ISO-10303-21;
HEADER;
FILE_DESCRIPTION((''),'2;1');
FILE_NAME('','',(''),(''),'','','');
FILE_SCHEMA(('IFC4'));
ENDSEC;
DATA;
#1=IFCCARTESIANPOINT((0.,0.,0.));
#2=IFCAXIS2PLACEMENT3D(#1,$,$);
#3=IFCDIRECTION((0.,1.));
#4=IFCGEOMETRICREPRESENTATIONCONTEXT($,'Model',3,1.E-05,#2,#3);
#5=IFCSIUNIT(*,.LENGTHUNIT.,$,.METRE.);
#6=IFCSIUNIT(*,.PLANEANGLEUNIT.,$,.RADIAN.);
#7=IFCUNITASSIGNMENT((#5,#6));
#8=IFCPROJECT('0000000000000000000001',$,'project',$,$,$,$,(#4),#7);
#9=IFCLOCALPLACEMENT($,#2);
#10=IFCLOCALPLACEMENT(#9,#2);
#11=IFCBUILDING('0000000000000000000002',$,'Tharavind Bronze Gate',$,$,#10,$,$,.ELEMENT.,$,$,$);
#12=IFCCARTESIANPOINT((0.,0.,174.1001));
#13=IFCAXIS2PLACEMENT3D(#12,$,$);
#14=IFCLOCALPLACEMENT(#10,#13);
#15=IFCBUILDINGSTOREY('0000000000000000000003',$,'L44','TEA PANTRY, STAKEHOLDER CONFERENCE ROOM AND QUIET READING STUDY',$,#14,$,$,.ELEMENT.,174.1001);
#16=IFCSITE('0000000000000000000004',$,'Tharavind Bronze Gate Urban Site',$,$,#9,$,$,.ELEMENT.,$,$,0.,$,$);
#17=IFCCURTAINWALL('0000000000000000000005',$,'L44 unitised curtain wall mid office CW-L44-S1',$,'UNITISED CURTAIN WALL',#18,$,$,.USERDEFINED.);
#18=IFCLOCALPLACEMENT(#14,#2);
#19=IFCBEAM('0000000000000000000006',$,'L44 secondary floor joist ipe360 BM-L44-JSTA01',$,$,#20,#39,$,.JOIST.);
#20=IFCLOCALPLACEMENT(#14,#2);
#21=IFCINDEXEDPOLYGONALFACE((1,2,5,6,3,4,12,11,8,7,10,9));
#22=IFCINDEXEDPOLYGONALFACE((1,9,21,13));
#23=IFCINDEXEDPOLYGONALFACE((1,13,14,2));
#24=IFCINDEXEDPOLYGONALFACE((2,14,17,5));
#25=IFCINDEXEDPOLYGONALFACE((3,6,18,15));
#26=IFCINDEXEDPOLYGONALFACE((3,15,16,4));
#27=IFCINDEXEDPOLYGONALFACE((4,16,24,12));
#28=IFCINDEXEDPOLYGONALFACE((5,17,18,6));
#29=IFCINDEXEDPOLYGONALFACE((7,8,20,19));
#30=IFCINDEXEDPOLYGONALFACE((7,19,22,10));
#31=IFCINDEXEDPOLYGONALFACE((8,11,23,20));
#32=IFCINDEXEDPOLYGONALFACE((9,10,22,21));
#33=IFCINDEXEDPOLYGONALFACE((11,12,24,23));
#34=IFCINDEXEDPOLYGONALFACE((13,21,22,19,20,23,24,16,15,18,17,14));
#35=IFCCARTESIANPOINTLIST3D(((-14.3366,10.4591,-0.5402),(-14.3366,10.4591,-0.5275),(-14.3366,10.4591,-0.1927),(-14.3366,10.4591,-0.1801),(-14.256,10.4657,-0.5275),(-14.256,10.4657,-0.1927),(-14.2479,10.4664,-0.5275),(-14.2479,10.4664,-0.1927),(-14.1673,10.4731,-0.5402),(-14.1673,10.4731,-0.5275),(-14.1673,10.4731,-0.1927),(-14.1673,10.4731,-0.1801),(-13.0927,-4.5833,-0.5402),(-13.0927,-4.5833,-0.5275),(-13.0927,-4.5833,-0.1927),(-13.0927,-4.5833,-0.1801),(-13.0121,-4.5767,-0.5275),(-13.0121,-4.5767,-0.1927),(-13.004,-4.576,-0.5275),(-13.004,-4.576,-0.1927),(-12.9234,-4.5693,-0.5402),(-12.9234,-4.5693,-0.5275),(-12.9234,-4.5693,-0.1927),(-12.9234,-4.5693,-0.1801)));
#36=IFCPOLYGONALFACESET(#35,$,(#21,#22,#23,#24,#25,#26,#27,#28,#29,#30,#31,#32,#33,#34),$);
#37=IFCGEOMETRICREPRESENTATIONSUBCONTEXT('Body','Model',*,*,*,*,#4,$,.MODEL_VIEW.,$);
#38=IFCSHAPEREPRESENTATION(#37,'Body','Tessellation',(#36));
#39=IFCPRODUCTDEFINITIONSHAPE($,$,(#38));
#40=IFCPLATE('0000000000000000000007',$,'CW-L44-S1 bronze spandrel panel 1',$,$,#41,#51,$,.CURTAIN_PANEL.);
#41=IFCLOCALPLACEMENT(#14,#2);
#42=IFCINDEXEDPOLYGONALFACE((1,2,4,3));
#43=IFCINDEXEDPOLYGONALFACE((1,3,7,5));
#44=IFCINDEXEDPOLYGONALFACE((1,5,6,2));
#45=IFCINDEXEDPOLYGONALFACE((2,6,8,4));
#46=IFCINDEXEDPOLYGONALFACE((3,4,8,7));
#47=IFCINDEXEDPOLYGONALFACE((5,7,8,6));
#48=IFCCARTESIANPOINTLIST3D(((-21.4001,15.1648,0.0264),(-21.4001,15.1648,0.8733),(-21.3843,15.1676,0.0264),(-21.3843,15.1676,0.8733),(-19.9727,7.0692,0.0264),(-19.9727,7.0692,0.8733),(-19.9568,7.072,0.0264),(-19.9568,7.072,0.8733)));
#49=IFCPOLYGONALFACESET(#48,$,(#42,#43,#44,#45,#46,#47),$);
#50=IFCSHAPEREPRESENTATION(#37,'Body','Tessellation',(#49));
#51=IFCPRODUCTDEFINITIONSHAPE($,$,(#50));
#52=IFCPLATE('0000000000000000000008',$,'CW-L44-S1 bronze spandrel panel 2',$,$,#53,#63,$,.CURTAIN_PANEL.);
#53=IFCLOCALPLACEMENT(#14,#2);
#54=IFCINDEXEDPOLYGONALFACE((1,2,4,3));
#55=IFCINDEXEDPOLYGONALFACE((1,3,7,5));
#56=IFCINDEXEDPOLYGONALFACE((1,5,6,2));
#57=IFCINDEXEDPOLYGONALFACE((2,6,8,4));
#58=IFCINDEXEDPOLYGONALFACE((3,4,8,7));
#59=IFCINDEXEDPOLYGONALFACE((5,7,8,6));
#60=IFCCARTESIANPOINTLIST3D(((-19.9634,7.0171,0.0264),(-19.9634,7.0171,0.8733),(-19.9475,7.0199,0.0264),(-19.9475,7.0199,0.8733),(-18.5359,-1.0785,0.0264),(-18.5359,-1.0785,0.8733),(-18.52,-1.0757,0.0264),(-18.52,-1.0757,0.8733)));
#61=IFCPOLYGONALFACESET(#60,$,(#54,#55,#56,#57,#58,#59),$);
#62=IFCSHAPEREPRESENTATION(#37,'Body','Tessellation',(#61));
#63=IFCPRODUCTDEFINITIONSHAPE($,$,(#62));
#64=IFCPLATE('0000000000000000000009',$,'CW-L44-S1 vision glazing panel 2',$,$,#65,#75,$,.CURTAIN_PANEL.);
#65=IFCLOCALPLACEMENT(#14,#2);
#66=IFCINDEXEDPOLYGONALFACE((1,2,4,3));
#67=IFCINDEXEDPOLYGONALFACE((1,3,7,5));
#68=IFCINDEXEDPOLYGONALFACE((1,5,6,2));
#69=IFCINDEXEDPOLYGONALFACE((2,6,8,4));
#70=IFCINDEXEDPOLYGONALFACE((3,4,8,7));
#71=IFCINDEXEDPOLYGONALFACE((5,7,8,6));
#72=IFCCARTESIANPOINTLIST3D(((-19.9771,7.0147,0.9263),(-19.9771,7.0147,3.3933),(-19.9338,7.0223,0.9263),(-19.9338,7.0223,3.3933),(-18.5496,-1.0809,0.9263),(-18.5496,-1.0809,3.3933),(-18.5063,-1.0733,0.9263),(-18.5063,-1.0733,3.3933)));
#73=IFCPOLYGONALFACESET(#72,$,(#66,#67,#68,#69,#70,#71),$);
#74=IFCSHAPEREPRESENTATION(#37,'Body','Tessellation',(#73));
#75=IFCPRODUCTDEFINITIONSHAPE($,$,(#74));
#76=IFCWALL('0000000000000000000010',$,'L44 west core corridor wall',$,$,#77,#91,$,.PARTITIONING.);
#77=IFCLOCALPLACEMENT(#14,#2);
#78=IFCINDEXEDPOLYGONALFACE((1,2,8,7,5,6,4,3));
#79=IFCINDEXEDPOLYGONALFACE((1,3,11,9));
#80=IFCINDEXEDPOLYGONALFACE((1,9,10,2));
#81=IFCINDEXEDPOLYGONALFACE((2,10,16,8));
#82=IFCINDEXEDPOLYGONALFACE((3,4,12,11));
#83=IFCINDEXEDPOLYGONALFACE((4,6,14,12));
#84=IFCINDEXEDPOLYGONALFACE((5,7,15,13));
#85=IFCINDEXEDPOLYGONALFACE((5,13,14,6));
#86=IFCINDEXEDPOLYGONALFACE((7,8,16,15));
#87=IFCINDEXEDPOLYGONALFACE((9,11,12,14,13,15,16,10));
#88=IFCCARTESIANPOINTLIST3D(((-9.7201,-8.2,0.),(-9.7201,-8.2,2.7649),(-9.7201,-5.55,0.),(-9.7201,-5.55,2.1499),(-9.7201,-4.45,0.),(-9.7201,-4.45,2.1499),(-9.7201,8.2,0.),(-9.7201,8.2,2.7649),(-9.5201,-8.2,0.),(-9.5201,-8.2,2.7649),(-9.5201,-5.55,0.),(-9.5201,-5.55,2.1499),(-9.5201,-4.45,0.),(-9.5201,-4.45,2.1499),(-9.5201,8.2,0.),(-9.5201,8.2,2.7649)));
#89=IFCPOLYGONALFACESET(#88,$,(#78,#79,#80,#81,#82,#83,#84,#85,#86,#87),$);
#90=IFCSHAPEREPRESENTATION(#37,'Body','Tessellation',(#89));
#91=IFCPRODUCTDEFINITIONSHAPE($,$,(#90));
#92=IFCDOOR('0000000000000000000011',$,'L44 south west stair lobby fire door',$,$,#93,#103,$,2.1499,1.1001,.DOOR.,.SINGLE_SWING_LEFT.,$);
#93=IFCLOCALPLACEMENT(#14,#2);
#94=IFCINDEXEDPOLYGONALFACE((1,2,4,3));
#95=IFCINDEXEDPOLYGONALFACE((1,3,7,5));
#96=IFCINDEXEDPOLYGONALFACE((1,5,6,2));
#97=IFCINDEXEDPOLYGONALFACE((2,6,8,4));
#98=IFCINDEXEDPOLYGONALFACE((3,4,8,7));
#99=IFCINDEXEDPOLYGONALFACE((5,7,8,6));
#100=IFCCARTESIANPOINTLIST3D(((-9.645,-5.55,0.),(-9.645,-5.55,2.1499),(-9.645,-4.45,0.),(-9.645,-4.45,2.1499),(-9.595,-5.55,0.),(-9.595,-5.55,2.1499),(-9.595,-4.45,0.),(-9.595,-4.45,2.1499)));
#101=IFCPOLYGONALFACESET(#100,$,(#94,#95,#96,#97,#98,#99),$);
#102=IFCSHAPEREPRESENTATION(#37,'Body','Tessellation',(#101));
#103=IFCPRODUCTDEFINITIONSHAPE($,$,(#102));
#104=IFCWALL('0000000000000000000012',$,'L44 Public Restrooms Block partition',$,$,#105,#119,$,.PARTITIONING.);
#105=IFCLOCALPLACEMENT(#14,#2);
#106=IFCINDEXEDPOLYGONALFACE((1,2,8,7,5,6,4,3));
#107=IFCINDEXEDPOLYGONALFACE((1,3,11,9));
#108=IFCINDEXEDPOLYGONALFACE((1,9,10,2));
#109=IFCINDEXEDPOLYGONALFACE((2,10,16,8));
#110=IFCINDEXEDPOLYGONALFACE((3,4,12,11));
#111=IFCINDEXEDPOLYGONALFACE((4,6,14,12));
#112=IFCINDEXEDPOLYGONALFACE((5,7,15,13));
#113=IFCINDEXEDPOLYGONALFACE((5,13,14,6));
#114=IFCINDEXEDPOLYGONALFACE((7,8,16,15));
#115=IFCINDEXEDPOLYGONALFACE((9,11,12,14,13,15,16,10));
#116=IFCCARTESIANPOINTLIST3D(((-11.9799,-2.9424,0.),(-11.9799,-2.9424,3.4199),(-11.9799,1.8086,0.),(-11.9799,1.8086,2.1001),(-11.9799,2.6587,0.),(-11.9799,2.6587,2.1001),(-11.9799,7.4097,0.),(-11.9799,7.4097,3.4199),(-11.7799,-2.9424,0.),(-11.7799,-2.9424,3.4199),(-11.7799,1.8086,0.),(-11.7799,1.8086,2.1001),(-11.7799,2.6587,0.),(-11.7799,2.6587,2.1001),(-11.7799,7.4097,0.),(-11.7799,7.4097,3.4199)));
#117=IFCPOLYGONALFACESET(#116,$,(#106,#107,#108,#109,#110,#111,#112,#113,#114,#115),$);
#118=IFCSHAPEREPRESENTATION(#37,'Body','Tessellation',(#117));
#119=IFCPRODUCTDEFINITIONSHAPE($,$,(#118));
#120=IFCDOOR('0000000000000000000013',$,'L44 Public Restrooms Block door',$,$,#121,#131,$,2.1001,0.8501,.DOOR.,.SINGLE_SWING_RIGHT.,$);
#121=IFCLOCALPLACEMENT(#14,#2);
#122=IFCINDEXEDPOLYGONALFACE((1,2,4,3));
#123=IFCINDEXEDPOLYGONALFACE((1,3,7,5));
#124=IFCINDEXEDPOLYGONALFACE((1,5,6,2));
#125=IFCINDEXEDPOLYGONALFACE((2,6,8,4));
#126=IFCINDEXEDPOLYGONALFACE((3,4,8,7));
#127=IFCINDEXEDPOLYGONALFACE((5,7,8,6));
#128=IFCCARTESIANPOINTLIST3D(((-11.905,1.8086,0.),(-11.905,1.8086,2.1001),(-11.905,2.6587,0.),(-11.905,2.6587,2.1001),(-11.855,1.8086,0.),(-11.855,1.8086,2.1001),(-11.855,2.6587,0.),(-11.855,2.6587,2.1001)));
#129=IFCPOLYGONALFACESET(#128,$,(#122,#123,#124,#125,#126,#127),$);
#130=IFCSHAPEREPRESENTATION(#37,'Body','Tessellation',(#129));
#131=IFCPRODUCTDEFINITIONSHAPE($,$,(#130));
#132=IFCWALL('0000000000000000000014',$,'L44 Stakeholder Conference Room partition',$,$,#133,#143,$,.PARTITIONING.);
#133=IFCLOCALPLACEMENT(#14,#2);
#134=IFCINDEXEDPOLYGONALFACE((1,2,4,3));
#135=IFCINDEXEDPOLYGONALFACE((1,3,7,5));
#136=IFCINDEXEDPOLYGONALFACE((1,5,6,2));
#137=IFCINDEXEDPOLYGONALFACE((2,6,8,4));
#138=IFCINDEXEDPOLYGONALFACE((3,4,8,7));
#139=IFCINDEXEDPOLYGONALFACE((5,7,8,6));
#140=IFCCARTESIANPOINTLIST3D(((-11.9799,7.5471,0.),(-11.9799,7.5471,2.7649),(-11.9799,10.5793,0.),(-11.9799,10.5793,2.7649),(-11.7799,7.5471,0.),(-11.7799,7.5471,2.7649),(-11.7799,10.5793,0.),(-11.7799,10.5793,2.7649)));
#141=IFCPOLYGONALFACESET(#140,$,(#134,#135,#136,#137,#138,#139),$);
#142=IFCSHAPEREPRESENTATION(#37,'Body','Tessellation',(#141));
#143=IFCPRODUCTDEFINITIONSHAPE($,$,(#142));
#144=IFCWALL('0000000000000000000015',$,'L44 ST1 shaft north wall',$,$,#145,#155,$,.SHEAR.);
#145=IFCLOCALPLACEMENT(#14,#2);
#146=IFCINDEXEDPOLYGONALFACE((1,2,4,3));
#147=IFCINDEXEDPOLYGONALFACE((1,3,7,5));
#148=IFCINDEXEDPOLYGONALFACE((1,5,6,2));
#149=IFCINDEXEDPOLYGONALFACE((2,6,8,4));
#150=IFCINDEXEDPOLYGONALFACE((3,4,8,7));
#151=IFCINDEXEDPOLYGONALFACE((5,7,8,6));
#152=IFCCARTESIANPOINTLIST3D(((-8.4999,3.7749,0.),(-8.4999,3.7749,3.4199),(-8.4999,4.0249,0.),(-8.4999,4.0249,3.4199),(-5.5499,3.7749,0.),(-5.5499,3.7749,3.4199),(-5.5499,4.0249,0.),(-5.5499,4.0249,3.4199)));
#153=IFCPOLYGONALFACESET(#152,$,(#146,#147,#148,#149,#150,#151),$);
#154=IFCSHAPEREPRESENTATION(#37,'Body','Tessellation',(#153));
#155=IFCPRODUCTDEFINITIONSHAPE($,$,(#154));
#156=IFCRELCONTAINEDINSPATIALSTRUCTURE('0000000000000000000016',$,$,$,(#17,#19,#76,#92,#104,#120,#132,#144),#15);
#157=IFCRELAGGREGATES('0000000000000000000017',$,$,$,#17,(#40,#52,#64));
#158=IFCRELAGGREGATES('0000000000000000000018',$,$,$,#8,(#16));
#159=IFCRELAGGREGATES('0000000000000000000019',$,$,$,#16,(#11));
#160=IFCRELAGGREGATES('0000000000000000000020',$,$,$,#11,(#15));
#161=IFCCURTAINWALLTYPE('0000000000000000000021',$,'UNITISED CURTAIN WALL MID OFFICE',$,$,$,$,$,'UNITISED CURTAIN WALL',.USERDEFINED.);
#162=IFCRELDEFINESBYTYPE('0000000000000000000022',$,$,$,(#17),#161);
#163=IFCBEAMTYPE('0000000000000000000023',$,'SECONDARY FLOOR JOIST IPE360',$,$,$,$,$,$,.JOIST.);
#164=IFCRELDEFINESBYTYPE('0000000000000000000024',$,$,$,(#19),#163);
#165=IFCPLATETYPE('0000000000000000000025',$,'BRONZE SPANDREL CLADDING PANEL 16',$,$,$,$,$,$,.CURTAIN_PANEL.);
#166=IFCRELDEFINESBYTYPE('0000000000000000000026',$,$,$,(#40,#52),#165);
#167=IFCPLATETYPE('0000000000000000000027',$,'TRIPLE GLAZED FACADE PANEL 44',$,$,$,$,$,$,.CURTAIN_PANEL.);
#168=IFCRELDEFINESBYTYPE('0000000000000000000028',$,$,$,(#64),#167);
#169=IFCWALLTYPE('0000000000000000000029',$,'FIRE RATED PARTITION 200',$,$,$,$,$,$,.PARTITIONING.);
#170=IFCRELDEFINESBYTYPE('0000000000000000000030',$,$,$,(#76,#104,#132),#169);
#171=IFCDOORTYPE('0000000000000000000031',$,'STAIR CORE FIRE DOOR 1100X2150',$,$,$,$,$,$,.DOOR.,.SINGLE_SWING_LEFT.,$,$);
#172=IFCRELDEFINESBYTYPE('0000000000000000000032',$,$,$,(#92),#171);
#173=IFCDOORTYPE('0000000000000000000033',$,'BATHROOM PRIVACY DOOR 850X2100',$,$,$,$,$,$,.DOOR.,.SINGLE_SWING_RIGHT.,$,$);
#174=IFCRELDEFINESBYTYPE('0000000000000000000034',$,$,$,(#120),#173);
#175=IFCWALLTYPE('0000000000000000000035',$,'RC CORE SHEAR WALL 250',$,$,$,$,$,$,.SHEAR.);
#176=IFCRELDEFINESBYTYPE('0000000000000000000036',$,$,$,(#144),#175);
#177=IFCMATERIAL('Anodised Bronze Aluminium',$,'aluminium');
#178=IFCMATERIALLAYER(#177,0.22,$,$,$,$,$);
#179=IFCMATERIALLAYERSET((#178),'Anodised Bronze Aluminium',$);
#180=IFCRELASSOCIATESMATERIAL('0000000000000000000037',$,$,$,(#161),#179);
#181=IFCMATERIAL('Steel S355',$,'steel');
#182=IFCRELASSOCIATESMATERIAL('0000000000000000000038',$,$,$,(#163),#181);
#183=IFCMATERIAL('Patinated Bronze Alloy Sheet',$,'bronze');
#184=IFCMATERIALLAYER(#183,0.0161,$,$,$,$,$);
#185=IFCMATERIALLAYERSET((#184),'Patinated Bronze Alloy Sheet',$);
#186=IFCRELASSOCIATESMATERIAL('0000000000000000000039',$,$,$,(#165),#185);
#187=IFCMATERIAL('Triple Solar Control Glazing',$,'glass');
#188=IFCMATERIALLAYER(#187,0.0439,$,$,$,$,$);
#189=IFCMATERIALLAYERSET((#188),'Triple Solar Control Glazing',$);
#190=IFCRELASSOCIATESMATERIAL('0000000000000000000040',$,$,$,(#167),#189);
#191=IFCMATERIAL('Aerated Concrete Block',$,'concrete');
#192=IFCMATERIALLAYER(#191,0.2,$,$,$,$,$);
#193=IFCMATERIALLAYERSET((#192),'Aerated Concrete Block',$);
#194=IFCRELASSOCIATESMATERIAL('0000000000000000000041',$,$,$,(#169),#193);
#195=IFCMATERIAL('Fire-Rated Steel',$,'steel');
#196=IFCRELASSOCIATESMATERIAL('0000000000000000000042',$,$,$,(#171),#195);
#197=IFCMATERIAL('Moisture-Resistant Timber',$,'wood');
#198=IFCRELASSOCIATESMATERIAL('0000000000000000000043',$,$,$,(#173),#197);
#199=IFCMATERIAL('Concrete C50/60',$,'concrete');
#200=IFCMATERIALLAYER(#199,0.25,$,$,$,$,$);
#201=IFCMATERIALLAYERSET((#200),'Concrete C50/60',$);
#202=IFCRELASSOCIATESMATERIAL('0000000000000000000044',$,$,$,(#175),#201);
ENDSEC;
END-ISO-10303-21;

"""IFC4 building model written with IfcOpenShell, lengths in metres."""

from ifc_helpers import new_model, si_unit, direction, frame, frame_2d, origin, origin_2d, place, context, subcontext, project, spatial, rectangle, i_section, extrude, material, layer, layer_set, material_profile, profile_set, type_object, element, fill, aggregate, save


model = new_model("IFC4")

# Units and contexts
model_context = context("Model", 3, precision=1e-05, world=origin(), true_north=direction((0.0, 1.0)))
body_context = subcontext(model_context, "Body", "Model", "MODEL_VIEW")
ifc_project = project(units=[si_unit("LENGTHUNIT", "METRE"), si_unit("PLANEANGLEUNIT", "RADIAN")], contexts=[model_context])

# Site, building, storey
site_placement = place(None, origin())
site = spatial("IfcSite", under=ifc_project, at=site_placement, Name="Tharavind Bronze Gate Urban Site", CompositionType="ELEMENT", RefElevation=0.0)
building_placement = place(site_placement, origin())
building = spatial("IfcBuilding", under=site, at=building_placement, Name="Tharavind Bronze Gate", CompositionType="ELEMENT")
storey_placement = place(building_placement, frame((0.0, 0.0, 174.1001)))
storey = spatial("IfcBuildingStorey", under=building, at=storey_placement, Name="L44", Description="TEA PANTRY, STAKEHOLDER CONFERENCE ROOM AND QUIET READING STUDY", CompositionType="ELEMENT", Elevation=174.1001)

# Curtain wall
ifc_material_1 = material(Name="Anodised Bronze Aluminium", Category="aluminium")
ifc_layer_1 = layer(ifc_material_1, 0.22)
ifc_layer_set_1 = layer_set([ifc_layer_1], Name="Anodised Bronze Aluminium")
curtain_wall_type = type_object("IfcCurtainWallType", Name="UNITISED CURTAIN WALL MID OFFICE", ElementType="UNITISED CURTAIN WALL", PredefinedType="USERDEFINED", material=ifc_layer_set_1)
curtain_wall_placement = place(storey_placement, origin())
curtain_wall = element("IfcCurtainWall", 1, at=curtain_wall_placement, inside=storey, type_object=curtain_wall_type, Name="L44 unitised curtain wall mid office CW-L44-S1", ObjectType="UNITISED CURTAIN WALL", PredefinedType="USERDEFINED")

# Beam
ifc_material_2 = material(Name="Steel S355", Category="steel")
ifc_material_profile_1 = material_profile(ifc_material_2, i_section(OverallWidth=0.1699, OverallDepth=0.3601, WebThickness=0.0081, FlangeThickness=0.0127, at=origin_2d()), Name="IPE360")
ifc_profile_set_1 = profile_set([ifc_material_profile_1], Name="Steel S355")
beam_type_1 = type_object("IfcBeamType", Name="SECONDARY FLOOR JOIST IPE360", PredefinedType="JOIST", material=ifc_profile_set_1)
beam_1_placement = place(storey_placement, frame((-14.252, 10.4661, -0.3601), z_axis=(0.082411, -0.996598, 0.0), x_axis=(0.996598, 0.082411, 0.0)))
element("IfcBeam", 2, at=beam_1_placement, inside=storey, type_object=beam_type_1, Name="L44 secondary floor joist ipe360 BM-L44-JSTA01", PredefinedType="JOIST", context=body_context, shape_type="SweptSolid", body=[
    extrude(i_section(OverallWidth=0.1699, OverallDepth=0.3601, WebThickness=0.0081, FlangeThickness=0.0127, at=origin_2d()), origin(), (0.0, 0.0, 1.0), 15.0938),
])

# Plates
ifc_material_3 = material(Name="Patinated Bronze Alloy Sheet", Category="bronze")
ifc_layer_2 = layer(ifc_material_3, 0.0161)
ifc_layer_set_2 = layer_set([ifc_layer_2], Name="Patinated Bronze Alloy Sheet")
plate_type_1 = type_object("IfcPlateType", Name="BRONZE SPANDREL CLADDING PANEL 16", PredefinedType="CURTAIN_PANEL", material=ifc_layer_set_2)
plate_1_placement = place(storey_placement, frame((-20.6785, 11.1184, 0.0264), z_axis=(0.0, 0.0, 1.0), x_axis=(0.173648, -0.984808, 0.0)))
plate_1 = element("IfcPlate", 3, at=plate_1_placement, type_object=plate_type_1, Name="CW-L44-S1 bronze spandrel panel 1", PredefinedType="CURTAIN_PANEL", context=body_context, shape_type="SweptSolid", body=[
    extrude(rectangle(XDim=8.2205, YDim=0.0161, at=origin_2d()), origin(), (0.0, 0.0, 1.0), 0.8469),
])
plate_2_placement = place(storey_placement, frame((-19.2417, 2.9707, 0.0264), z_axis=(0.0, 0.0, 1.0), x_axis=(0.173648, -0.984808, 0.0)))
plate_2 = element("IfcPlate", 4, at=plate_2_placement, type_object=plate_type_1, Name="CW-L44-S1 bronze spandrel panel 2", PredefinedType="CURTAIN_PANEL", context=body_context, shape_type="SweptSolid", body=[
    extrude(rectangle(XDim=8.2205, YDim=0.0161, at=origin_2d()), origin(), (0.0, 0.0, 1.0), 0.8469),
])
ifc_material_4 = material(Name="Triple Solar Control Glazing", Category="glass")
ifc_layer_3 = layer(ifc_material_4, 0.0439)
ifc_layer_set_3 = layer_set([ifc_layer_3], Name="Triple Solar Control Glazing")
plate_type_2 = type_object("IfcPlateType", Name="TRIPLE GLAZED FACADE PANEL 44", PredefinedType="CURTAIN_PANEL", material=ifc_layer_set_3)
plate_3_placement = place(storey_placement, frame((-19.2417, 2.9707, 0.9263), z_axis=(0.0, 0.0, 1.0), x_axis=(0.173648, -0.984808, 0.0)))
plate_3 = element("IfcPlate", 5, at=plate_3_placement, type_object=plate_type_2, Name="CW-L44-S1 vision glazing panel 2", PredefinedType="CURTAIN_PANEL", context=body_context, shape_type="SweptSolid", body=[
    extrude(rectangle(XDim=8.2205, YDim=0.0439, at=origin_2d()), origin(), (0.0, 0.0, 1.0), 2.467),
])
aggregate(curtain_wall, [plate_1, plate_2, plate_3])

# Walls, openings, doors
ifc_material_5 = material(Name="Aerated Concrete Block", Category="concrete")
ifc_layer_4 = layer(ifc_material_5, 0.2)
ifc_layer_set_4 = layer_set([ifc_layer_4], Name="Aerated Concrete Block")
wall_type_1 = type_object("IfcWallType", Name="FIRE RATED PARTITION 200", PredefinedType="PARTITIONING", material=ifc_layer_set_4)
wall_1_placement = place(storey_placement, frame((-9.6201, 8.2, 0.0), z_axis=(0.0, 0.0, 1.0), x_axis=(0.0, -1.0, 0.0)))
wall_1 = element("IfcWall", 6, at=wall_1_placement, inside=storey, type_object=wall_type_1, Name="L44 west core corridor wall", PredefinedType="PARTITIONING", context=body_context, shape_type="SweptSolid", body=[
    extrude(rectangle(XDim=16.3999, YDim=0.2, at=frame_2d((8.2, 0.0))), origin(), (0.0, 0.0, 1.0), 2.7649),
])
opening_1_placement = place(wall_1_placement, frame((12.6499, 0.0, 0.0)))
opening_1 = element("IfcOpeningElement", 7, at=opening_1_placement, cuts=wall_1, PredefinedType="OPENING", context=body_context, shape_type="SweptSolid", body=[
    extrude(rectangle(XDim=1.1001, YDim=2.1499, at=frame_2d((0.55, 1.075))), frame((0.0, 0.1101, 0.0), z_axis=(0.0, -1.0, 0.0), x_axis=(1.0, 0.0, 0.0)), (0.0, 0.0, 1.0), 0.22),
])
ifc_material_6 = material(Name="Fire-Rated Steel", Category="steel")
door_type_1 = type_object("IfcDoorType", Name="STAIR CORE FIRE DOOR 1100X2150", OperationType="SINGLE_SWING_LEFT", PredefinedType="DOOR", material=ifc_material_6)
door_1_placement = place(opening_1_placement, frame((1.1001, 0.0, 0.0), z_axis=(0.0, 0.0, 1.0), x_axis=(-1.0, 0.0, 0.0)))
door_1 = element("IfcDoor", 8, at=door_1_placement, inside=storey, type_object=door_type_1, Name="L44 south west stair lobby fire door", OperationType="SINGLE_SWING_LEFT", OverallHeight=2.1499, OverallWidth=1.1001, PredefinedType="DOOR", context=body_context, shape_type="SweptSolid", body=[
    extrude(rectangle(XDim=1.1001, YDim=2.1499, at=frame_2d((0.55, 1.075))), frame((0.0, 0.0249, 0.0), z_axis=(0.0, -1.0, 0.0), x_axis=(1.0, 0.0, 0.0)), (0.0, 0.0, 1.0), 0.05),
])
fill(opening_1, door_1)
wall_2_placement = place(storey_placement, frame((-11.8799, 7.4097, 0.0), z_axis=(0.0, 0.0, 1.0), x_axis=(0.0, -1.0, 0.0)))
wall_2 = element("IfcWall", 9, at=wall_2_placement, inside=storey, type_object=wall_type_1, Name="L44 Public Restrooms Block partition", PredefinedType="PARTITIONING", context=body_context, shape_type="SweptSolid", body=[
    extrude(rectangle(XDim=10.3521, YDim=0.2, at=frame_2d((5.176, 0.0))), origin(), (0.0, 0.0, 1.0), 3.4199),
])
opening_2_placement = place(wall_2_placement, frame((4.751, 0.0, 0.0)))
opening_2 = element("IfcOpeningElement", 10, at=opening_2_placement, cuts=wall_2, PredefinedType="OPENING", context=body_context, shape_type="SweptSolid", body=[
    extrude(rectangle(XDim=0.8501, YDim=2.1001, at=frame_2d((0.425, 1.05))), frame((0.0, 0.1101, 0.0), z_axis=(0.0, -1.0, 0.0), x_axis=(1.0, 0.0, 0.0)), (0.0, 0.0, 1.0), 0.22),
])
ifc_material_7 = material(Name="Moisture-Resistant Timber", Category="wood")
door_type_2 = type_object("IfcDoorType", Name="BATHROOM PRIVACY DOOR 850X2100", OperationType="SINGLE_SWING_RIGHT", PredefinedType="DOOR", material=ifc_material_7)
door_2_placement = place(opening_2_placement, origin())
door_2 = element("IfcDoor", 11, at=door_2_placement, inside=storey, type_object=door_type_2, Name="L44 Public Restrooms Block door", OperationType="SINGLE_SWING_RIGHT", OverallHeight=2.1001, OverallWidth=0.8501, PredefinedType="DOOR", context=body_context, shape_type="SweptSolid", body=[
    extrude(rectangle(XDim=0.8501, YDim=2.1001, at=frame_2d((0.425, 1.05))), frame((0.0, 0.0249, 0.0), z_axis=(0.0, -1.0, 0.0), x_axis=(1.0, 0.0, 0.0)), (0.0, 0.0, 1.0), 0.05),
])
fill(opening_2, door_2)

# Walls
wall_3_placement = place(storey_placement, frame((-11.8799, 10.5793, 0.0), z_axis=(0.0, 0.0, 1.0), x_axis=(0.0, -1.0, 0.0)))
element("IfcWall", 12, at=wall_3_placement, inside=storey, type_object=wall_type_1, Name="L44 Stakeholder Conference Room partition", PredefinedType="PARTITIONING", context=body_context, shape_type="SweptSolid", body=[
    extrude(rectangle(XDim=3.0322, YDim=0.2, at=frame_2d((1.5161, 0.0))), origin(), (0.0, 0.0, 1.0), 2.7649),
])
ifc_material_8 = material(Name="Concrete C50/60", Category="concrete")
ifc_layer_5 = layer(ifc_material_8, 0.25)
ifc_layer_set_5 = layer_set([ifc_layer_5], Name="Concrete C50/60")
wall_type_2 = type_object("IfcWallType", Name="RC CORE SHEAR WALL 250", PredefinedType="SHEAR", material=ifc_layer_set_5)
wall_4_placement = place(storey_placement, frame((-8.5, 3.8999, 0.0), z_axis=(0.0, 0.0, 1.0), x_axis=(1.0, 0.0, 0.0)))
element("IfcWall", 13, at=wall_4_placement, inside=storey, type_object=wall_type_2, Name="L44 ST1 shaft north wall", PredefinedType="SHEAR", context=body_context, shape_type="SweptSolid", body=[
    extrude(rectangle(XDim=2.95, YDim=0.25, at=frame_2d((1.4751, 0.0))), origin(), (0.0, 0.0, 1.0), 3.4199),
])

save(model, "model.ifc")
